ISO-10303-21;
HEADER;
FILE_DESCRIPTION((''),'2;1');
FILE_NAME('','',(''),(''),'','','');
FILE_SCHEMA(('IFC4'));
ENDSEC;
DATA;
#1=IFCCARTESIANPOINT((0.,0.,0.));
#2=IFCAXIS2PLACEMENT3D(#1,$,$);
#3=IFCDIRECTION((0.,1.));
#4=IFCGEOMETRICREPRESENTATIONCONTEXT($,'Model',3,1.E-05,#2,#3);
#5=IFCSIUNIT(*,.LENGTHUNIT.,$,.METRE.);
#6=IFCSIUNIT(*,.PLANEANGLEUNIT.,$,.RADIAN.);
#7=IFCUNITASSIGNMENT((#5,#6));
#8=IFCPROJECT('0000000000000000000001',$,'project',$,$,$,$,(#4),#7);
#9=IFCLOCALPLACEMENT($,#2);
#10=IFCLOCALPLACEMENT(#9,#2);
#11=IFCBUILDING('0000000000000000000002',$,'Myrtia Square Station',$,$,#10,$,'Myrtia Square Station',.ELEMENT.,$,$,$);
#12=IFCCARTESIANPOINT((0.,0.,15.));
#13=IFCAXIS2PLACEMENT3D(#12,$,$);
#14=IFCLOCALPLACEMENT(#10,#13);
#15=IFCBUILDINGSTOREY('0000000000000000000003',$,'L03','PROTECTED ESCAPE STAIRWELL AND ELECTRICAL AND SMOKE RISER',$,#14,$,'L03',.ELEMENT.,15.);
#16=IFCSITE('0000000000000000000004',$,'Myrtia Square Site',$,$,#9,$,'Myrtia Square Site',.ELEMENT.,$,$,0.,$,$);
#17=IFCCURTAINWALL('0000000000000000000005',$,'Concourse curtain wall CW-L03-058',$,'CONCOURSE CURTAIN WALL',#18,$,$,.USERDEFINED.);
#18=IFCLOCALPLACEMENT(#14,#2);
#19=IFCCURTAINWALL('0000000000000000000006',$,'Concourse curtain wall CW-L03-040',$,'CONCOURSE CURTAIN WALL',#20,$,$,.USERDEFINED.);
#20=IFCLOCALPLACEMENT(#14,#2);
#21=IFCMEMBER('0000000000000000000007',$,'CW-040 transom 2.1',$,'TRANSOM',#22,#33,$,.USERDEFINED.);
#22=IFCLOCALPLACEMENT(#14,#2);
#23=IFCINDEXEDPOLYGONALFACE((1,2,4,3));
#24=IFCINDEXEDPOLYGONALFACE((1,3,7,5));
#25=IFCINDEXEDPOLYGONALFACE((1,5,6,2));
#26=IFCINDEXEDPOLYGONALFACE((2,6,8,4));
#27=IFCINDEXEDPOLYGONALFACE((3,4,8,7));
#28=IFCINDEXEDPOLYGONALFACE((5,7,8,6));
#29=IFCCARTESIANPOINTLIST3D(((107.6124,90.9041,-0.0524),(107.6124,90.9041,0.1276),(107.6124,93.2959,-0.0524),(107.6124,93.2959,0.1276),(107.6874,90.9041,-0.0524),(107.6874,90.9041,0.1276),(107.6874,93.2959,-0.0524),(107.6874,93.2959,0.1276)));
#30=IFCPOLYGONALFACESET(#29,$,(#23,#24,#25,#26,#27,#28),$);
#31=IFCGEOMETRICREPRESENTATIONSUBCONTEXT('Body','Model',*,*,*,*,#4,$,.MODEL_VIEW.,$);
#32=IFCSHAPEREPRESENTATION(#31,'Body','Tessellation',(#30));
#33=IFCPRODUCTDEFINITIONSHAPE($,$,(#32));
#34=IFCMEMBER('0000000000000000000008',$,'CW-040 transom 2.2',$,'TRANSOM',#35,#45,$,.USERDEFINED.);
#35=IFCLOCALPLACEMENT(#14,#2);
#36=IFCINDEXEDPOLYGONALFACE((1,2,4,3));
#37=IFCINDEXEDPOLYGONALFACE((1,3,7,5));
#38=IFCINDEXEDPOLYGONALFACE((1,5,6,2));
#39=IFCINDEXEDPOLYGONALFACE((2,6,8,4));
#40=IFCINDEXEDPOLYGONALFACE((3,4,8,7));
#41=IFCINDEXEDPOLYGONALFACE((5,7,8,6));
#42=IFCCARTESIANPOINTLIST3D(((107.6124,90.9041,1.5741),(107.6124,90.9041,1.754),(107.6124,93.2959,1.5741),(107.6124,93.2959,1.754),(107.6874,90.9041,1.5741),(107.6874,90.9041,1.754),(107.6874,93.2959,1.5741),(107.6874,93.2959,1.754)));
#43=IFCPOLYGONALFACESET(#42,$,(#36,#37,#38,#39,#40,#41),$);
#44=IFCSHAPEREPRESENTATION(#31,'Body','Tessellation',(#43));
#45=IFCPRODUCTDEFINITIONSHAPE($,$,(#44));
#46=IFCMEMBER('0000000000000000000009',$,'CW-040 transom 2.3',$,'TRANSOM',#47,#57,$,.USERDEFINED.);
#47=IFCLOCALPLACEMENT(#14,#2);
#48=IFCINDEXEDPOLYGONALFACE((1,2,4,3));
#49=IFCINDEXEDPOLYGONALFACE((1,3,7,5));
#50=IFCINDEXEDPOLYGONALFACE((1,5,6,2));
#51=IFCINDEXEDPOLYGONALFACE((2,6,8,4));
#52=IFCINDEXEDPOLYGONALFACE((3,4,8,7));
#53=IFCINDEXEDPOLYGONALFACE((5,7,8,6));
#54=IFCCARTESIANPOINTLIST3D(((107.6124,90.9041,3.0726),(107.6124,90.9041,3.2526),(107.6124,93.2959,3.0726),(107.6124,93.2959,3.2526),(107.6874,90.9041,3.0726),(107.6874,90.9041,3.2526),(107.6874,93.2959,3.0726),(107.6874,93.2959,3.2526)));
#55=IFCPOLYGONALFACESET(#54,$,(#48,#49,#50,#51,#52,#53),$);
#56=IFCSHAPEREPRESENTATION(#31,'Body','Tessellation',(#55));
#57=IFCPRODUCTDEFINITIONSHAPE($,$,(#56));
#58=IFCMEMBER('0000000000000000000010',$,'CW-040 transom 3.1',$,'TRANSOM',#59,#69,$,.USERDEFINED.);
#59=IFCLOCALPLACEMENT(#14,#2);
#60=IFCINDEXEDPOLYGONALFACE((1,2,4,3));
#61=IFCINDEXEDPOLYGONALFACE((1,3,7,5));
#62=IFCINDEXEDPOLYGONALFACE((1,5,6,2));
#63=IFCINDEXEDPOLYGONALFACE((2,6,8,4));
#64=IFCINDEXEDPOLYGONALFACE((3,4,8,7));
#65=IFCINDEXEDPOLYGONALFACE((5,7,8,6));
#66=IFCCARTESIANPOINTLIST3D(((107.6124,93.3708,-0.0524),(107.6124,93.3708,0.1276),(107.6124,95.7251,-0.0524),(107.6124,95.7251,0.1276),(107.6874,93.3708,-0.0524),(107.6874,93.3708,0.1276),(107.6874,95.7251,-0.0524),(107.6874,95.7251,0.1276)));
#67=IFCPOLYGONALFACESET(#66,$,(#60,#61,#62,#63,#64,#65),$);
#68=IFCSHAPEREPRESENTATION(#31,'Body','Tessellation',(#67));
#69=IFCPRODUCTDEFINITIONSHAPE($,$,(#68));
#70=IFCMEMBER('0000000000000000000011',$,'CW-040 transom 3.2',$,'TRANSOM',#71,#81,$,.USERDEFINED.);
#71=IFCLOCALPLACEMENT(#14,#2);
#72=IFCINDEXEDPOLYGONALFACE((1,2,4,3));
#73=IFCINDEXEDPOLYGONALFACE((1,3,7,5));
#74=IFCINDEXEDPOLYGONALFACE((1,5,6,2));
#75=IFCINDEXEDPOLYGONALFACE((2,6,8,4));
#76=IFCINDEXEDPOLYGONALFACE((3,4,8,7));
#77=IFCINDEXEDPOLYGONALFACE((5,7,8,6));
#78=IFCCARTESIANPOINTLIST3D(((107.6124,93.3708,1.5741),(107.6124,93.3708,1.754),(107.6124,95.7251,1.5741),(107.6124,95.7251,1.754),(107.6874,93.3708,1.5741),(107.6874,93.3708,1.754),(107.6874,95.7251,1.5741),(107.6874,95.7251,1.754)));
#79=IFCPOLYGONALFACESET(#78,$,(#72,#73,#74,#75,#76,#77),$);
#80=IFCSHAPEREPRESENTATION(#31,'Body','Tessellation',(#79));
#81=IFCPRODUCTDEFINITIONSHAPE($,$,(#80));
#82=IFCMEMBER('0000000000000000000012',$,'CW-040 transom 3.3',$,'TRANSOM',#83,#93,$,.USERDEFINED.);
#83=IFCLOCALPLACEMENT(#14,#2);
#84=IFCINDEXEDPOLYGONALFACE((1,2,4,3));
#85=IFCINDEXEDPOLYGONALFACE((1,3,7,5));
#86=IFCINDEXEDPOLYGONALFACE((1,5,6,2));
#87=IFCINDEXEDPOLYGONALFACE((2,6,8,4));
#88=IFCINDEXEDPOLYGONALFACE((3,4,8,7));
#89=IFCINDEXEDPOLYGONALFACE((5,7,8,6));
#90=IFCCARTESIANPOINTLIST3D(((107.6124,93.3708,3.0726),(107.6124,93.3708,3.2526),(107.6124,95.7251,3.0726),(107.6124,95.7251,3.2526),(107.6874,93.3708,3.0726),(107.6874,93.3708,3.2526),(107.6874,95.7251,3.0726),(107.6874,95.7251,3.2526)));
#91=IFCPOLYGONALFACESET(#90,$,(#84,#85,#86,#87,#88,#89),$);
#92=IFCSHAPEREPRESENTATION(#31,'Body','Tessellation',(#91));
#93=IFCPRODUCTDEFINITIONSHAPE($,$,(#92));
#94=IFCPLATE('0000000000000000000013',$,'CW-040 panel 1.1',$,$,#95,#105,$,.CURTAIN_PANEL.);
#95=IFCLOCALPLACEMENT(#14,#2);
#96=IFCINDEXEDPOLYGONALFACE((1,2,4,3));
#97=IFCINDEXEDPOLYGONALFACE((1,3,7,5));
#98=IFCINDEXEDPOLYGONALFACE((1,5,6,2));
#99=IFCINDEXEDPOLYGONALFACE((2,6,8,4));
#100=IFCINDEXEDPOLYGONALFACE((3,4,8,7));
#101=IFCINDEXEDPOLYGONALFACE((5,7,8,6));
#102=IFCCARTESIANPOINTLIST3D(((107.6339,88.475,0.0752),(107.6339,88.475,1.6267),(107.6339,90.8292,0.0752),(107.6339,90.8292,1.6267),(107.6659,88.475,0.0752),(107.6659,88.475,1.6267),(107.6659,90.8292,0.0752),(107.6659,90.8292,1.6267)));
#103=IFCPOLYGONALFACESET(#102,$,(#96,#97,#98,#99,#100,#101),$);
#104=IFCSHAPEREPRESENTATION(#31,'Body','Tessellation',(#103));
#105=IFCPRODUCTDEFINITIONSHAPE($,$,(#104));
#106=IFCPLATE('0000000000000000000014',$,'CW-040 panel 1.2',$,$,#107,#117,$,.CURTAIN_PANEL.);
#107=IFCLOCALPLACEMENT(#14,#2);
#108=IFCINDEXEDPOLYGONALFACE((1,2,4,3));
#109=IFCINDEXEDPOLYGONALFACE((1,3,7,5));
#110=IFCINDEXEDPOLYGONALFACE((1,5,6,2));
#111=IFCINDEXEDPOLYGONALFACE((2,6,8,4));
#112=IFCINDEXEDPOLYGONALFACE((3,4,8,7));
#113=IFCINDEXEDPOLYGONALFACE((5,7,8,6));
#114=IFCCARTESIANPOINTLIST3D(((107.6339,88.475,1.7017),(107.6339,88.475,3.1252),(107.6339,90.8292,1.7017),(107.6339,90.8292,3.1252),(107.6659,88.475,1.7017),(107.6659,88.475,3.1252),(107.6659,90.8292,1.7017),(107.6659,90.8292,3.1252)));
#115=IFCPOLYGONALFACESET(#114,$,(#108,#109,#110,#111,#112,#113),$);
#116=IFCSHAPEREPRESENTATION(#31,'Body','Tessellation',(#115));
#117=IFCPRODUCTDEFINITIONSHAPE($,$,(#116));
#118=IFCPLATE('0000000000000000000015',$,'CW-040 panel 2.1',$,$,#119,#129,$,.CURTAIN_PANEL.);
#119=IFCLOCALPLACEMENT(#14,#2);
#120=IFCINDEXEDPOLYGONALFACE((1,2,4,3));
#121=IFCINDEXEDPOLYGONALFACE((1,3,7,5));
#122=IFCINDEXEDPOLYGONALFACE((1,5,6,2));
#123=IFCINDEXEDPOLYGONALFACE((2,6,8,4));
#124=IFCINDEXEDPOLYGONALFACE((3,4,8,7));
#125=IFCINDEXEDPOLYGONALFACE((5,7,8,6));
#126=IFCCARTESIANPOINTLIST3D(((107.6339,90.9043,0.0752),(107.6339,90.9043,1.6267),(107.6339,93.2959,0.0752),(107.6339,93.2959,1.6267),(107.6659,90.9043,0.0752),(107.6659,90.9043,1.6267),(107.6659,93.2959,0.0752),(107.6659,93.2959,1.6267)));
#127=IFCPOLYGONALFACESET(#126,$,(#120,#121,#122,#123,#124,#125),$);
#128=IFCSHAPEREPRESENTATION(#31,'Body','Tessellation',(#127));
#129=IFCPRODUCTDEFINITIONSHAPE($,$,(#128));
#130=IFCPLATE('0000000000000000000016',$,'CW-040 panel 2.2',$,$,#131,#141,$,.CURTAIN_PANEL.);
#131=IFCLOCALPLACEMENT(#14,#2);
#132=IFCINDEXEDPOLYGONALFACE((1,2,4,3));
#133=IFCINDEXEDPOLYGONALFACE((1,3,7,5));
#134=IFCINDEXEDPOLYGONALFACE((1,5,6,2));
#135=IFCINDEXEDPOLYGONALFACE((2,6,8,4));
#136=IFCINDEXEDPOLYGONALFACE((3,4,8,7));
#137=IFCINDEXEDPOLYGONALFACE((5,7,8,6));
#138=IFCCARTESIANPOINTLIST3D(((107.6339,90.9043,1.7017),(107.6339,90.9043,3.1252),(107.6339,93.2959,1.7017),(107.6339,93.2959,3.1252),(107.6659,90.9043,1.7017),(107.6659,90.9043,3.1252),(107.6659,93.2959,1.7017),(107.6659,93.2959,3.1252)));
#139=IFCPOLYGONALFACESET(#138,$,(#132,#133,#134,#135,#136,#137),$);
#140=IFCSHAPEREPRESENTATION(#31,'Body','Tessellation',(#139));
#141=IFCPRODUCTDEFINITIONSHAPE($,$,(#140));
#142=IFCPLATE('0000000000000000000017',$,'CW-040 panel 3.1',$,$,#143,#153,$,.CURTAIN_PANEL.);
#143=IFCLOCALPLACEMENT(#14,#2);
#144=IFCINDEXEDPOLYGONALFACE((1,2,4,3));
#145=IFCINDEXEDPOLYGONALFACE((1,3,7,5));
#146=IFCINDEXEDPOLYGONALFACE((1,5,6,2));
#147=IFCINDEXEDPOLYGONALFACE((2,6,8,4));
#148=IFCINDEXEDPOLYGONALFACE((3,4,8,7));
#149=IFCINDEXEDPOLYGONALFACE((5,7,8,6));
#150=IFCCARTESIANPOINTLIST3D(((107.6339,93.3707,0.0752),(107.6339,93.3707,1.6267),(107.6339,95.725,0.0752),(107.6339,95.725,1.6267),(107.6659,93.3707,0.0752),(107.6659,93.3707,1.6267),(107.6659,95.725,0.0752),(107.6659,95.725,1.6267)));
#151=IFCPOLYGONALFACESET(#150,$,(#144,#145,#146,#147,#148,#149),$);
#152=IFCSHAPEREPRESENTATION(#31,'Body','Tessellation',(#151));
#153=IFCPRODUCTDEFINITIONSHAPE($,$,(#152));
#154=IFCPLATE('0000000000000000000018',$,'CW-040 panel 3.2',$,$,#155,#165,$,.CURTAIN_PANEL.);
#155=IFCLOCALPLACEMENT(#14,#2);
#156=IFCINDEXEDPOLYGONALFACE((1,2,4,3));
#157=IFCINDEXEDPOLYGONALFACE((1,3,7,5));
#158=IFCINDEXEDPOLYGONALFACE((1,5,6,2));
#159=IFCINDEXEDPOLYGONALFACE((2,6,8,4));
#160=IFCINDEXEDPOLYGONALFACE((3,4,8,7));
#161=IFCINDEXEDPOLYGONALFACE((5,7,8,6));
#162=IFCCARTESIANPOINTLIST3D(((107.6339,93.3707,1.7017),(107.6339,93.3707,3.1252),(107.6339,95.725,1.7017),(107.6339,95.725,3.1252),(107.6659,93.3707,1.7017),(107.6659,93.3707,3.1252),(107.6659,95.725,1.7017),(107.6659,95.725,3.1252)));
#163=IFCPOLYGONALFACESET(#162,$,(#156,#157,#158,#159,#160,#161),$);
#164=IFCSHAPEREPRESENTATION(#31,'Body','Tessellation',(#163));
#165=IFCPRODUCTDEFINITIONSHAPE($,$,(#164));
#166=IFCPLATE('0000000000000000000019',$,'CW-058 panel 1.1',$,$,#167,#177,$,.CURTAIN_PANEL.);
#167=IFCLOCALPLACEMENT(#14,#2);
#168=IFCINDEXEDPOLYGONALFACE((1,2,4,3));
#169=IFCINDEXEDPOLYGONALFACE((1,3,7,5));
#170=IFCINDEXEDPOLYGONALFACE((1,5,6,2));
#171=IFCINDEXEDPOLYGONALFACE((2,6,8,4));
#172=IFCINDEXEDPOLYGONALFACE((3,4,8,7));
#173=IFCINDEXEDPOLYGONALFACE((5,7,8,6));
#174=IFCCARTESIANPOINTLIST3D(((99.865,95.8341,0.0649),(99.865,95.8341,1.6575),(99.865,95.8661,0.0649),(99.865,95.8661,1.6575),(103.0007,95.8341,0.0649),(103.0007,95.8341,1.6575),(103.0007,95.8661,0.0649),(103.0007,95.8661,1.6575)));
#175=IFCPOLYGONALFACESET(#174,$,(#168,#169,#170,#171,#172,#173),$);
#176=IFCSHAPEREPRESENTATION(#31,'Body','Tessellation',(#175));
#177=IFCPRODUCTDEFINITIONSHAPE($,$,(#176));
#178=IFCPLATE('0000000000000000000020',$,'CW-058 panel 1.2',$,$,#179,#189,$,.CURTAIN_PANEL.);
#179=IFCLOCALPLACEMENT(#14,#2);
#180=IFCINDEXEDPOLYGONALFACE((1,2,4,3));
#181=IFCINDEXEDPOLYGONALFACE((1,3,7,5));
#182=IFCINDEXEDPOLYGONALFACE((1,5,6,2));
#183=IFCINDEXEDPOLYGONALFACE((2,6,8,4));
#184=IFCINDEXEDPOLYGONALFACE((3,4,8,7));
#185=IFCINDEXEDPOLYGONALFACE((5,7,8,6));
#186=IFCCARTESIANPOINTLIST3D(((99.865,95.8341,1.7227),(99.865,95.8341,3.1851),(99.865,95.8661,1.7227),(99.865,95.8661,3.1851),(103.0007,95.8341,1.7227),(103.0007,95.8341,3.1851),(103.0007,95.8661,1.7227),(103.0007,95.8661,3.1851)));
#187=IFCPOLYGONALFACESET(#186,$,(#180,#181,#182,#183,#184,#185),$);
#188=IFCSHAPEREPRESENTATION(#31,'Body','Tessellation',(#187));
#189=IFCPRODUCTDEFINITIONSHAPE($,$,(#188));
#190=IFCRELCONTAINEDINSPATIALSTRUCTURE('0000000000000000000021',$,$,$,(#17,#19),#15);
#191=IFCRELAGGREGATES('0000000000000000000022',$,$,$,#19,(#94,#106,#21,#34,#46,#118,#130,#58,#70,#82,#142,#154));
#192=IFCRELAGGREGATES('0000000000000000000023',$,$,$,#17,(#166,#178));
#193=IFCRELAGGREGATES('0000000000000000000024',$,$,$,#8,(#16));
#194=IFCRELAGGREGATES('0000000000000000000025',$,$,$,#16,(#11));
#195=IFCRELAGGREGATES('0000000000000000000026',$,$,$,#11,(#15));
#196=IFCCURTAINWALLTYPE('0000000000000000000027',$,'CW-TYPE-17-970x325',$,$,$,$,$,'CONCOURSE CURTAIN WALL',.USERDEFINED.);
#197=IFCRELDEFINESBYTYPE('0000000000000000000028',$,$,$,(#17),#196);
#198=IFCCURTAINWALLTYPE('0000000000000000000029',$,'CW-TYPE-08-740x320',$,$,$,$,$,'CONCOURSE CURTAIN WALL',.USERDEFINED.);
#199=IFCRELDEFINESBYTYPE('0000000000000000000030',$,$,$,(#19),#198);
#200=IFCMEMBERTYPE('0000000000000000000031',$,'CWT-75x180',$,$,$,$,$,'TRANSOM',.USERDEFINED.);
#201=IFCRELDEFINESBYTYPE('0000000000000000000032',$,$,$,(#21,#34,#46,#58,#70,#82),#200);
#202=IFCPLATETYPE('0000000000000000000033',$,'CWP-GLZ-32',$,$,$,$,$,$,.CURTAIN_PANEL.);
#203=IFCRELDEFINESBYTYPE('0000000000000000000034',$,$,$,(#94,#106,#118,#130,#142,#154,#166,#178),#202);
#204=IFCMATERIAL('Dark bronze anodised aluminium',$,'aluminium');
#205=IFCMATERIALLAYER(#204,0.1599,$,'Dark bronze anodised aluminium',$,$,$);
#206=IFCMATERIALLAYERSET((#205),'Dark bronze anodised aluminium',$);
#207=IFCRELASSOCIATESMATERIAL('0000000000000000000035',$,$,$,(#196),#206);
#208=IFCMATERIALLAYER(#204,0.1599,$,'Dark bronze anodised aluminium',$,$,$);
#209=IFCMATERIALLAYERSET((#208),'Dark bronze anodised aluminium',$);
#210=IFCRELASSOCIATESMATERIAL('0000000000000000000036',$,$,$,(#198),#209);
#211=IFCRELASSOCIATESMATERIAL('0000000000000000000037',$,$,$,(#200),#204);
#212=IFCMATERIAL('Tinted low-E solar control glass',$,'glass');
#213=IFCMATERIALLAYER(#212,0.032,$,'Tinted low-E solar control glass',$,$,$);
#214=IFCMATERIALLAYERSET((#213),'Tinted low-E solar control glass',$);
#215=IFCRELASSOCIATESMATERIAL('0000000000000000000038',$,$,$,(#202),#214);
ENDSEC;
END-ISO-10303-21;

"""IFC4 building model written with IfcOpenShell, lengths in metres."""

from ifc_helpers import new_model, si_unit, direction, frame, origin, origin_2d, place, context, subcontext, project, spatial, rectangle, extrude, material, layer, layer_set, material_profile, profile_set, type_object, element, aggregate, save


model = new_model("IFC4")

# Units and contexts
model_context = context("Model", 3, precision=1e-05, world=origin(), true_north=direction((0.0, 1.0)))
body_context = subcontext(model_context, "Body", "Model", "MODEL_VIEW")
ifc_project = project(units=[si_unit("LENGTHUNIT", "METRE"), si_unit("PLANEANGLEUNIT", "RADIAN")], contexts=[model_context])

# Site, building, storey
site_placement = place(None, origin())
site = spatial("IfcSite", under=ifc_project, at=site_placement, Name="Myrtia Square Site", LongName="Myrtia Square Site", CompositionType="ELEMENT", RefElevation=0.0)
building_placement = place(site_placement, origin())
building = spatial("IfcBuilding", under=site, at=building_placement, Name="Myrtia Square Station", LongName="Myrtia Square Station", CompositionType="ELEMENT")
storey_placement = place(building_placement, frame((0.0, 0.0, 15.0)))
storey = spatial("IfcBuildingStorey", under=building, at=storey_placement, Name="L03", Description="PROTECTED ESCAPE STAIRWELL AND ELECTRICAL AND SMOKE RISER", LongName="L03", CompositionType="ELEMENT", Elevation=15.0)

# Curtain walls
ifc_material_1 = material(Name="Dark bronze anodised aluminium", Category="aluminium")
ifc_layer_1 = layer(ifc_material_1, 0.1599, Name="Dark bronze anodised aluminium")
ifc_layer_set_1 = layer_set([ifc_layer_1], Name="Dark bronze anodised aluminium")
curtain_wall_type_1 = type_object("IfcCurtainWallType", Name="CW-TYPE-17-970x325", ElementType="CONCOURSE CURTAIN WALL", PredefinedType="USERDEFINED", material=ifc_layer_set_1)
curtain_wall_1_placement = place(storey_placement, origin())
curtain_wall_1 = element("IfcCurtainWall", 1, at=curtain_wall_1_placement, inside=storey, type_object=curtain_wall_type_1, Name="Concourse curtain wall CW-L03-058", ObjectType="CONCOURSE CURTAIN WALL", PredefinedType="USERDEFINED")
ifc_layer_2 = layer(ifc_material_1, 0.1599, Name="Dark bronze anodised aluminium")
ifc_layer_set_2 = layer_set([ifc_layer_2], Name="Dark bronze anodised aluminium")
curtain_wall_type_2 = type_object("IfcCurtainWallType", Name="CW-TYPE-08-740x320", ElementType="CONCOURSE CURTAIN WALL", PredefinedType="USERDEFINED", material=ifc_layer_set_2)
curtain_wall_2_placement = place(storey_placement, origin())
curtain_wall_2 = element("IfcCurtainWall", 2, at=curtain_wall_2_placement, inside=storey, type_object=curtain_wall_type_2, Name="Concourse curtain wall CW-L03-040", ObjectType="CONCOURSE CURTAIN WALL", PredefinedType="USERDEFINED")

# Members
ifc_material_profile_1 = material_profile(ifc_material_1, rectangle(XDim=0.075, YDim=0.1799, at=origin_2d()), Name="ALU-T 75x180")
ifc_profile_set_1 = profile_set([ifc_material_profile_1], Name="Dark bronze anodised aluminium")
member_type_1 = type_object("IfcMemberType", Name="CWT-75x180", ElementType="TRANSOM", PredefinedType="USERDEFINED", material=ifc_profile_set_1)
member_1_placement = place(storey_placement, frame((107.6499, 90.9041, 0.0376), z_axis=(0.0, 1.0, 0.0), x_axis=(-1.0, 0.0, 0.0)))
member_1 = element("IfcMember", 3, at=member_1_placement, type_object=member_type_1, Name="CW-040 transom 2.1", ObjectType="TRANSOM", PredefinedType="USERDEFINED", context=body_context, shape_type="SweptSolid", body=[
    extrude(rectangle(XDim=0.075, YDim=0.1799, at=origin_2d()), origin(), (0.0, 0.0, 1.0), 2.3918),
])
member_2_placement = place(storey_placement, frame((107.6499, 90.9041, 1.6641), z_axis=(0.0, 1.0, 0.0), x_axis=(-1.0, 0.0, 0.0)))
member_2 = element("IfcMember", 4, at=member_2_placement, type_object=member_type_1, Name="CW-040 transom 2.2", ObjectType="TRANSOM", PredefinedType="USERDEFINED", context=body_context, shape_type="SweptSolid", body=[
    extrude(rectangle(XDim=0.075, YDim=0.1799, at=origin_2d()), origin(), (0.0, 0.0, 1.0), 2.3918),
])
member_3_placement = place(storey_placement, frame((107.6499, 90.9041, 3.1626), z_axis=(0.0, 1.0, 0.0), x_axis=(-1.0, 0.0, 0.0)))
member_3 = element("IfcMember", 5, at=member_3_placement, type_object=member_type_1, Name="CW-040 transom 2.3", ObjectType="TRANSOM", PredefinedType="USERDEFINED", context=body_context, shape_type="SweptSolid", body=[
    extrude(rectangle(XDim=0.075, YDim=0.1799, at=origin_2d()), origin(), (0.0, 0.0, 1.0), 2.3918),
])
member_4_placement = place(storey_placement, frame((107.6499, 93.3708, 0.0376), z_axis=(0.0, 1.0, 0.0), x_axis=(-1.0, 0.0, 0.0)))
member_4 = element("IfcMember", 6, at=member_4_placement, type_object=member_type_1, Name="CW-040 transom 3.1", ObjectType="TRANSOM", PredefinedType="USERDEFINED", context=body_context, shape_type="SweptSolid", body=[
    extrude(rectangle(XDim=0.075, YDim=0.1799, at=origin_2d()), origin(), (0.0, 0.0, 1.0), 2.3542),
])
member_5_placement = place(storey_placement, frame((107.6499, 93.3708, 1.6641), z_axis=(0.0, 1.0, 0.0), x_axis=(-1.0, 0.0, 0.0)))
member_5 = element("IfcMember", 7, at=member_5_placement, type_object=member_type_1, Name="CW-040 transom 3.2", ObjectType="TRANSOM", PredefinedType="USERDEFINED", context=body_context, shape_type="SweptSolid", body=[
    extrude(rectangle(XDim=0.075, YDim=0.1799, at=origin_2d()), origin(), (0.0, 0.0, 1.0), 2.3542),
])
member_6_placement = place(storey_placement, frame((107.6499, 93.3708, 3.1626), z_axis=(0.0, 1.0, 0.0), x_axis=(-1.0, 0.0, 0.0)))
member_6 = element("IfcMember", 8, at=member_6_placement, type_object=member_type_1, Name="CW-040 transom 3.3", ObjectType="TRANSOM", PredefinedType="USERDEFINED", context=body_context, shape_type="SweptSolid", body=[
    extrude(rectangle(XDim=0.075, YDim=0.1799, at=origin_2d()), origin(), (0.0, 0.0, 1.0), 2.3542),
])

# Plates
ifc_material_2 = material(Name="Tinted low-E solar control glass", Category="glass")
ifc_layer_3 = layer(ifc_material_2, 0.032, Name="Tinted low-E solar control glass")
ifc_layer_set_3 = layer_set([ifc_layer_3], Name="Tinted low-E solar control glass")
plate_type = type_object("IfcPlateType", Name="CWP-GLZ-32", PredefinedType="CURTAIN_PANEL", material=ifc_layer_set_3)
plate_1_placement = place(storey_placement, frame((107.6499, 89.6521, 0.0752), z_axis=(0.0, 0.0, 1.0), x_axis=(0.0, 1.0, 0.0)))
plate_1 = element("IfcPlate", 9, at=plate_1_placement, type_object=plate_type, Name="CW-040 panel 1.1", PredefinedType="CURTAIN_PANEL", context=body_context, shape_type="SweptSolid", body=[
    extrude(rectangle(XDim=2.3542, YDim=0.032, at=origin_2d()), origin(), (0.0, 0.0, 1.0), 1.5515),
])
plate_2_placement = place(storey_placement, frame((107.6499, 89.6521, 1.7017), z_axis=(0.0, 0.0, 1.0), x_axis=(0.0, 1.0, 0.0)))
plate_2 = element("IfcPlate", 10, at=plate_2_placement, type_object=plate_type, Name="CW-040 panel 1.2", PredefinedType="CURTAIN_PANEL", context=body_context, shape_type="SweptSolid", body=[
    extrude(rectangle(XDim=2.3542, YDim=0.032, at=origin_2d()), origin(), (0.0, 0.0, 1.0), 1.4236),
])
plate_3_placement = place(storey_placement, frame((107.6499, 92.1001, 0.0752), z_axis=(0.0, 0.0, 1.0), x_axis=(0.0, 1.0, 0.0)))
plate_3 = element("IfcPlate", 11, at=plate_3_placement, type_object=plate_type, Name="CW-040 panel 2.1", PredefinedType="CURTAIN_PANEL", context=body_context, shape_type="SweptSolid", body=[
    extrude(rectangle(XDim=2.3916, YDim=0.032, at=origin_2d()), origin(), (0.0, 0.0, 1.0), 1.5515),
])
plate_4_placement = place(storey_placement, frame((107.6499, 92.1001, 1.7017), z_axis=(0.0, 0.0, 1.0), x_axis=(0.0, 1.0, 0.0)))
plate_4 = element("IfcPlate", 12, at=plate_4_placement, type_object=plate_type, Name="CW-040 panel 2.2", PredefinedType="CURTAIN_PANEL", context=body_context, shape_type="SweptSolid", body=[
    extrude(rectangle(XDim=2.3916, YDim=0.032, at=origin_2d()), origin(), (0.0, 0.0, 1.0), 1.4236),
])
plate_5_placement = place(storey_placement, frame((107.6499, 94.5479, 0.0752), z_axis=(0.0, 0.0, 1.0), x_axis=(0.0, 1.0, 0.0)))
plate_5 = element("IfcPlate", 13, at=plate_5_placement, type_object=plate_type, Name="CW-040 panel 3.1", PredefinedType="CURTAIN_PANEL", context=body_context, shape_type="SweptSolid", body=[
    extrude(rectangle(XDim=2.3542, YDim=0.032, at=origin_2d()), origin(), (0.0, 0.0, 1.0), 1.5515),
])
plate_6_placement = place(storey_placement, frame((107.6499, 94.5479, 1.7017), z_axis=(0.0, 0.0, 1.0), x_axis=(0.0, 1.0, 0.0)))
plate_6 = element("IfcPlate", 14, at=plate_6_placement, type_object=plate_type, Name="CW-040 panel 3.2", PredefinedType="CURTAIN_PANEL", context=body_context, shape_type="SweptSolid", body=[
    extrude(rectangle(XDim=2.3542, YDim=0.032, at=origin_2d()), origin(), (0.0, 0.0, 1.0), 1.4236),
])
aggregate(curtain_wall_2, [plate_1, plate_2, member_1, member_2, member_3, plate_3, plate_4, member_4, member_5, member_6, plate_5, plate_6])
plate_7_placement = place(storey_placement, frame((101.4329, 95.8501, 0.0649), z_axis=(0.0, 0.0, 1.0), x_axis=(1.0, 0.0, 0.0)))
plate_7 = element("IfcPlate", 15, at=plate_7_placement, type_object=plate_type, Name="CW-058 panel 1.1", PredefinedType="CURTAIN_PANEL", context=body_context, shape_type="SweptSolid", body=[
    extrude(rectangle(XDim=3.1357, YDim=0.032, at=origin_2d()), origin(), (0.0, 0.0, 1.0), 1.5925),
])
plate_8_placement = place(storey_placement, frame((101.4329, 95.8501, 1.7227), z_axis=(0.0, 0.0, 1.0), x_axis=(1.0, 0.0, 0.0)))
plate_8 = element("IfcPlate", 16, at=plate_8_placement, type_object=plate_type, Name="CW-058 panel 1.2", PredefinedType="CURTAIN_PANEL", context=body_context, shape_type="SweptSolid", body=[
    extrude(rectangle(XDim=3.1357, YDim=0.032, at=origin_2d()), origin(), (0.0, 0.0, 1.0), 1.4624),
])
aggregate(curtain_wall_1, [plate_7, plate_8])

save(model, "model.ifc")
